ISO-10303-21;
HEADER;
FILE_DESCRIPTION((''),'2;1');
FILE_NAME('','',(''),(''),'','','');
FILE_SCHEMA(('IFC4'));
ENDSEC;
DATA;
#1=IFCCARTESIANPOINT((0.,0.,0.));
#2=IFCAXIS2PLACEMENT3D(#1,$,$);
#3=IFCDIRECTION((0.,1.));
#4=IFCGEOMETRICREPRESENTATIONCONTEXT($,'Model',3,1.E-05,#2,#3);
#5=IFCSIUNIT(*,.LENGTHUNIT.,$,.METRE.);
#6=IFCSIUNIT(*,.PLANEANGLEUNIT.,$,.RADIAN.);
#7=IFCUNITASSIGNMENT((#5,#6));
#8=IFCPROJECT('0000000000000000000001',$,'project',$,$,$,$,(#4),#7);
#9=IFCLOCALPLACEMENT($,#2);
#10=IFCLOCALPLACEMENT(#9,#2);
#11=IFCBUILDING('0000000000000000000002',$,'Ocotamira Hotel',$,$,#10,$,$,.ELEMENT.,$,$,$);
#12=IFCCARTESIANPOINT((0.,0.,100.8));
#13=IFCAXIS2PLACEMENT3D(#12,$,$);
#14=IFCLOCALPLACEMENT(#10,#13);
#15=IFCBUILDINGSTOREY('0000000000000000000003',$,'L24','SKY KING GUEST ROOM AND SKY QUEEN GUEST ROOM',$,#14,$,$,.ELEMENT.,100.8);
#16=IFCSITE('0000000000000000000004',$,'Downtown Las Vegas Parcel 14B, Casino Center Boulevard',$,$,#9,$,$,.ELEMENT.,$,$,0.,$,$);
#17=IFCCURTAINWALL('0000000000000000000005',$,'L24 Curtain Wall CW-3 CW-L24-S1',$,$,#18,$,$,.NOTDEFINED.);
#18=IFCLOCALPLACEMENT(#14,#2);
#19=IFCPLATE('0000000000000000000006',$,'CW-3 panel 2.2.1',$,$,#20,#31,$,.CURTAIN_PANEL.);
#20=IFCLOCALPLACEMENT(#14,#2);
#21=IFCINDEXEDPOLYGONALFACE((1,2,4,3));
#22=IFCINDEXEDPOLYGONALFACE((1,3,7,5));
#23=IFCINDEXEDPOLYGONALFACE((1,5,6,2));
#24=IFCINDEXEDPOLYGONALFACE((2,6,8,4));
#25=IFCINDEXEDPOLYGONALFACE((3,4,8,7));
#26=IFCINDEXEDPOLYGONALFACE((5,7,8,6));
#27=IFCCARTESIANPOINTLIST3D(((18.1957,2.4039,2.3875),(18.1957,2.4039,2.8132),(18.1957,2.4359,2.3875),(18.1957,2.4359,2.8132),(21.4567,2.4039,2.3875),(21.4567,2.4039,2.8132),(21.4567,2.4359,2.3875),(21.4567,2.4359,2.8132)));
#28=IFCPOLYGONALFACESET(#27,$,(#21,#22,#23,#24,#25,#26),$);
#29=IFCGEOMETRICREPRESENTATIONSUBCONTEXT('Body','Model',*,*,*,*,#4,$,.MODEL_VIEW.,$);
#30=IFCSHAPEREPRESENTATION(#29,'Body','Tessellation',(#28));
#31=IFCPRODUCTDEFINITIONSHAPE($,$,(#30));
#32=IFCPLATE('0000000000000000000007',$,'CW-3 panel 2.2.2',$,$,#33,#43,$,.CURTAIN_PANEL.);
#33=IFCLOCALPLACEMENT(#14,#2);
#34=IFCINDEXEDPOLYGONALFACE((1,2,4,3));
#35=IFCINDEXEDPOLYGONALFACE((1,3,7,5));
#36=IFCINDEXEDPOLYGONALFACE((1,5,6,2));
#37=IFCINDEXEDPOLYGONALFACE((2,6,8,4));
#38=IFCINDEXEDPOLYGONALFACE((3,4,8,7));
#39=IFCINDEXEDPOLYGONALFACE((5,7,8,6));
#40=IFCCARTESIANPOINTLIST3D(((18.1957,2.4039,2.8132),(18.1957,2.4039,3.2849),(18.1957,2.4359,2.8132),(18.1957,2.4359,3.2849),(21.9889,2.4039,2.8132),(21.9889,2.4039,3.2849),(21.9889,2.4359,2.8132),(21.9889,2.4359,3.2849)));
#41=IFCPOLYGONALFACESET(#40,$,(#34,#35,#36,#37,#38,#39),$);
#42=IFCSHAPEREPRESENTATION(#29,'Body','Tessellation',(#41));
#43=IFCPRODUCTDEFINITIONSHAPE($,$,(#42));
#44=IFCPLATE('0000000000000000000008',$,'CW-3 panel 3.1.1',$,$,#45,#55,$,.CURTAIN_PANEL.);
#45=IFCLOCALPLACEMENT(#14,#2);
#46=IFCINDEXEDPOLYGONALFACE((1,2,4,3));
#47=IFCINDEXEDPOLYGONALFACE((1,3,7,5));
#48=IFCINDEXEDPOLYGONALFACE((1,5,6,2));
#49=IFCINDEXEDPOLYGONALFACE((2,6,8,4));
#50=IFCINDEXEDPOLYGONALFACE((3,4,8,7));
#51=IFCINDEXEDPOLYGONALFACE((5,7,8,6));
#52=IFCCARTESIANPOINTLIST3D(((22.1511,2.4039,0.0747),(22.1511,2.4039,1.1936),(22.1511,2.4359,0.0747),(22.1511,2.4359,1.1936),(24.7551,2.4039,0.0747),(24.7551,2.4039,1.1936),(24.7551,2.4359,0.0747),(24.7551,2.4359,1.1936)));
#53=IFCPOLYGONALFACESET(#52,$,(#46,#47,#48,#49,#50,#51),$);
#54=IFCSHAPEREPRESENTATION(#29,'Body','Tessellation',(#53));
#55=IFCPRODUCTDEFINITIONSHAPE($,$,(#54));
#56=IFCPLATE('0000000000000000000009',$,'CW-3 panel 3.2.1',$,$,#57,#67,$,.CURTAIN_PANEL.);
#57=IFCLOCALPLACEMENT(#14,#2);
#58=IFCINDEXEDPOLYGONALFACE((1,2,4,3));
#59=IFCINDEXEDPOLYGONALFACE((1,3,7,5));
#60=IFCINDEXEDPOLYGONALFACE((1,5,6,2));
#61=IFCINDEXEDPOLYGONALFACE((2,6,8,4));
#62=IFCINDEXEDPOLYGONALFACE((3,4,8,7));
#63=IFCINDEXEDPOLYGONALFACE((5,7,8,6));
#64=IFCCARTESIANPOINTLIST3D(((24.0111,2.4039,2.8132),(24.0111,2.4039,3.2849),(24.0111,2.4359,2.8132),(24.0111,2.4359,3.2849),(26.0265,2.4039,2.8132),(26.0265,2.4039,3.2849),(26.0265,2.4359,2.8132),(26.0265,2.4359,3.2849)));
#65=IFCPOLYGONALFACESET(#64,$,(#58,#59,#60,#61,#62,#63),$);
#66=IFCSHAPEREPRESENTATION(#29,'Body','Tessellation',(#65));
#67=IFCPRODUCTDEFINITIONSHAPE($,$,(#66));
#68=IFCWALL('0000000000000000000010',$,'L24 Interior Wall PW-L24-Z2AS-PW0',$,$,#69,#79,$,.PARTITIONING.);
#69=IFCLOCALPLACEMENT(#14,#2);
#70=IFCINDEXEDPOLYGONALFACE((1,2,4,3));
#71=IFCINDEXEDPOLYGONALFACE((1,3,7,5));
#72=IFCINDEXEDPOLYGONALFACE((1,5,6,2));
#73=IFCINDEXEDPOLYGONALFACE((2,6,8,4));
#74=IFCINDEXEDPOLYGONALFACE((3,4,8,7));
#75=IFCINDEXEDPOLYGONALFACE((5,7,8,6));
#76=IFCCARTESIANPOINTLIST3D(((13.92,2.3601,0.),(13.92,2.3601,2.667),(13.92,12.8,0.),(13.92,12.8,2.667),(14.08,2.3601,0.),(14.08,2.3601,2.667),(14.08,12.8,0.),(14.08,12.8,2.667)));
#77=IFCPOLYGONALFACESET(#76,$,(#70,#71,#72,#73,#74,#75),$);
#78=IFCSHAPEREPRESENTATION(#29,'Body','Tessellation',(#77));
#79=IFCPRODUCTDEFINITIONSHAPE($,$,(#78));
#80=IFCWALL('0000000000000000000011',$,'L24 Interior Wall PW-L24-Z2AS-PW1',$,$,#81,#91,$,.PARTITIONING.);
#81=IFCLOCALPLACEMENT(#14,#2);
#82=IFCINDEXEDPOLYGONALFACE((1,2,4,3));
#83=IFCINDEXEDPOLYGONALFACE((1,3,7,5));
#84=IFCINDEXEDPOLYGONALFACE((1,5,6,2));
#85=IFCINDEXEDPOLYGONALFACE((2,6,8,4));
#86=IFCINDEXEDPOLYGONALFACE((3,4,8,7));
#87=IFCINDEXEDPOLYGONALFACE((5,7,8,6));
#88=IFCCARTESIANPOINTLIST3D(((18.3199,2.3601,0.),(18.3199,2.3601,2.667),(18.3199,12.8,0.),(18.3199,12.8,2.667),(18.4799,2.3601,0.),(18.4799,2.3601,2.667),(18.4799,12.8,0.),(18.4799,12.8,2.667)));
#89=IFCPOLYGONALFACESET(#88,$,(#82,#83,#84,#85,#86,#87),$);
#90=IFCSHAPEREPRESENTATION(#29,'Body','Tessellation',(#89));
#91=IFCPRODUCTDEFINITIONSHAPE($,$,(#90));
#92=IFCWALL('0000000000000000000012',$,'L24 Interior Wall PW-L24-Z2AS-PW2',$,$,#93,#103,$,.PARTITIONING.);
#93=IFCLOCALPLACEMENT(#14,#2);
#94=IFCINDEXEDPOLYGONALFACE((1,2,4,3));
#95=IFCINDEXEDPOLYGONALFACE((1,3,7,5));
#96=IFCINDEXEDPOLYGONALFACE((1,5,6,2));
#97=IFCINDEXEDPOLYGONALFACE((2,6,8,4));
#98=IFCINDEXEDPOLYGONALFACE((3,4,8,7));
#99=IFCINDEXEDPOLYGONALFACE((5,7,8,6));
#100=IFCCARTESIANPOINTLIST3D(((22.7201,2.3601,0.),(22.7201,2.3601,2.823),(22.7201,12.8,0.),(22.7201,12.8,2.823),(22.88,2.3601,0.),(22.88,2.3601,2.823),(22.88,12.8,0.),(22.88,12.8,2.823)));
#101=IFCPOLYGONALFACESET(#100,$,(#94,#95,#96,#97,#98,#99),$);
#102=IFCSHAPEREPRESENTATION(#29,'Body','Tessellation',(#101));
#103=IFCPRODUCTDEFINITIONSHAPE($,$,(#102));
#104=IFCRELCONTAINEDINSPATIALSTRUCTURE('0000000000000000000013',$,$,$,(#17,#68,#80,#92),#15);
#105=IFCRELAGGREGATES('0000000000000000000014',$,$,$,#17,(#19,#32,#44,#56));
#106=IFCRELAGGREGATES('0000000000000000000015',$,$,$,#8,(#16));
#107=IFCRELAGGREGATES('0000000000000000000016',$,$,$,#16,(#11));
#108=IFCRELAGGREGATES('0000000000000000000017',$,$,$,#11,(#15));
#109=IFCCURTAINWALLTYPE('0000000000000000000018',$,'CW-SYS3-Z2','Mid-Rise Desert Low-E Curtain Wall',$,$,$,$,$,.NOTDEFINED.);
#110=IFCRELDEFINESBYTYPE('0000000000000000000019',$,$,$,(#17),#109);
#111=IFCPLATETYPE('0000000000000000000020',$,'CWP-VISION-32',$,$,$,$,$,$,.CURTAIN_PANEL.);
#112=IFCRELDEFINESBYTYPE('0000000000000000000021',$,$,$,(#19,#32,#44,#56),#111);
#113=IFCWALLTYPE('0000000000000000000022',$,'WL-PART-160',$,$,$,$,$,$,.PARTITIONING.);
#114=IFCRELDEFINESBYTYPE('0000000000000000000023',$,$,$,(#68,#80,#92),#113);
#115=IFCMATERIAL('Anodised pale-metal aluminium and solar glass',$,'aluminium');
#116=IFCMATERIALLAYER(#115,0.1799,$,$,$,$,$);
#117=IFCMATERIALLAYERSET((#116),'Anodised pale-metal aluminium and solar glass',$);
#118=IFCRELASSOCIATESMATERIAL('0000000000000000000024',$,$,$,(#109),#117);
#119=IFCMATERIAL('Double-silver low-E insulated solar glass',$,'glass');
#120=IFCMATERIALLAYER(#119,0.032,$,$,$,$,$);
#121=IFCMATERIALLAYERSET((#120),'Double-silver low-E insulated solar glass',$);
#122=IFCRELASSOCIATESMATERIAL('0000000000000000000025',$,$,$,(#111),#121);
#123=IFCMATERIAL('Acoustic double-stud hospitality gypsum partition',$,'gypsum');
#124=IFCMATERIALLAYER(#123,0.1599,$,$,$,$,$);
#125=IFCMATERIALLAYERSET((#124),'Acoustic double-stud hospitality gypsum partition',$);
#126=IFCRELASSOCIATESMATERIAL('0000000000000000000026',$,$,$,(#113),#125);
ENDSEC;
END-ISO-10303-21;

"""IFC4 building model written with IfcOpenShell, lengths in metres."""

from ifc_helpers import new_model, si_unit, direction, frame, frame_2d, origin, origin_2d, place, context, subcontext, project, spatial, rectangle, extrude, source, transform, mapped, material, layer, layer_set, type_object, element, aggregate, save


model = new_model("IFC4")

# Units and contexts
model_context = context("Model", 3, precision=1e-05, world=origin(), true_north=direction((0.0, 1.0)))
body_context = subcontext(model_context, "Body", "Model", "MODEL_VIEW")
ifc_project = project(units=[si_unit("LENGTHUNIT", "METRE"), si_unit("PLANEANGLEUNIT", "RADIAN")], contexts=[model_context])

# Site, building, storey
site_placement = place(None, origin())
site = spatial("IfcSite", under=ifc_project, at=site_placement, Name="Downtown Las Vegas Parcel 14B, Casino Center Boulevard", CompositionType="ELEMENT", RefElevation=0.0)
building_placement = place(site_placement, origin())
building = spatial("IfcBuilding", under=site, at=building_placement, Name="Ocotamira Hotel", CompositionType="ELEMENT")
storey_placement = place(building_placement, frame((0.0, 0.0, 100.8)))
storey = spatial("IfcBuildingStorey", under=building, at=storey_placement, Name="L24", Description="SKY KING GUEST ROOM AND SKY QUEEN GUEST ROOM", CompositionType="ELEMENT", Elevation=100.8)

# Curtain wall
ifc_material_1 = material(Name="Anodised pale-metal aluminium and solar glass", Category="aluminium")
ifc_layer_1 = layer(ifc_material_1, 0.1799)
ifc_layer_set_1 = layer_set([ifc_layer_1], Name="Anodised pale-metal aluminium and solar glass")
curtain_wall_type = type_object("IfcCurtainWallType", Name="CW-SYS3-Z2", Description="Mid-Rise Desert Low-E Curtain Wall", PredefinedType="NOTDEFINED", material=ifc_layer_set_1)
curtain_wall_placement = place(storey_placement, origin())
curtain_wall = element("IfcCurtainWall", 1, at=curtain_wall_placement, inside=storey, type_object=curtain_wall_type, Name="L24 Curtain Wall CW-3 CW-L24-S1", PredefinedType="NOTDEFINED")

# Plates
ifc_material_2 = material(Name="Double-silver low-E insulated solar glass", Category="glass")
ifc_layer_2 = layer(ifc_material_2, 0.032)
ifc_layer_set_2 = layer_set([ifc_layer_2], Name="Double-silver low-E insulated solar glass")
plate_type_1 = type_object("IfcPlateType", Name="CWP-VISION-32", PredefinedType="CURTAIN_PANEL", material=ifc_layer_set_2)
shared_shape_1 = source(origin(), body_context, "Body", "SweptSolid", [
    extrude(rectangle(XDim=3.261, YDim=0.032, at=origin_2d()), origin(), (0.0, 0.0, 1.0), 0.4258),
])
plate_1_placement = place(storey_placement, frame((19.8262, 2.4199, 2.3875), z_axis=(0.0, 0.0, 1.0), x_axis=(1.0, 0.0, 0.0)))
plate_1 = element("IfcPlate", 2, at=plate_1_placement, type_object=plate_type_1, Name="CW-3 panel 2.2.1", PredefinedType="CURTAIN_PANEL", context=body_context, shape_type="MappedRepresentation", body=[
    mapped(shared_shape_1, transform((0.0, 0.0, 0.0), scale=1.0)),
])
shared_shape_2 = source(origin(), body_context, "Body", "SweptSolid", [
    extrude(rectangle(XDim=3.7932, YDim=0.032, at=origin_2d()), origin(), (0.0, 0.0, 1.0), 0.4717),
])
plate_2_placement = place(storey_placement, frame((20.0923, 2.4199, 2.8132), z_axis=(0.0, 0.0, 1.0), x_axis=(1.0, 0.0, 0.0)))
plate_2 = element("IfcPlate", 3, at=plate_2_placement, type_object=plate_type_1, Name="CW-3 panel 2.2.2", PredefinedType="CURTAIN_PANEL", context=body_context, shape_type="MappedRepresentation", body=[
    mapped(shared_shape_2, transform((0.0, 0.0, 0.0), scale=1.0)),
])
shared_shape_3 = source(origin(), body_context, "Body", "SweptSolid", [
    extrude(rectangle(XDim=2.604, YDim=0.032, at=origin_2d()), origin(), (0.0, 0.0, 1.0), 1.1189),
])
plate_3_placement = place(storey_placement, frame((23.4531, 2.4199, 0.0747), z_axis=(0.0, 0.0, 1.0), x_axis=(1.0, 0.0, 0.0)))
plate_3 = element("IfcPlate", 4, at=plate_3_placement, type_object=plate_type_1, Name="CW-3 panel 3.1.1", PredefinedType="CURTAIN_PANEL", context=body_context, shape_type="MappedRepresentation", body=[
    mapped(shared_shape_3, transform((0.0, 0.0, 0.0), scale=1.0)),
])
shared_shape_4 = source(origin(), body_context, "Body", "SweptSolid", [
    extrude(rectangle(XDim=2.0154, YDim=0.032, at=origin_2d()), origin(), (0.0, 0.0, 1.0), 0.4717),
])
plate_4_placement = place(storey_placement, frame((25.0188, 2.4199, 2.8132), z_axis=(0.0, 0.0, 1.0), x_axis=(1.0, 0.0, 0.0)))
plate_4 = element("IfcPlate", 5, at=plate_4_placement, type_object=plate_type_1, Name="CW-3 panel 3.2.1", PredefinedType="CURTAIN_PANEL", context=body_context, shape_type="MappedRepresentation", body=[
    mapped(shared_shape_4, transform((0.0, 0.0, 0.0), scale=1.0)),
])
aggregate(curtain_wall, [plate_1, plate_2, plate_3, plate_4])

# Walls
ifc_material_3 = material(Name="Acoustic double-stud hospitality gypsum partition", Category="gypsum")
ifc_layer_3 = layer(ifc_material_3, 0.1599)
ifc_layer_set_3 = layer_set([ifc_layer_3], Name="Acoustic double-stud hospitality gypsum partition")
wall_type = type_object("IfcWallType", Name="WL-PART-160", PredefinedType="PARTITIONING", material=ifc_layer_set_3)
for number, where, z_axis, x_axis, name in (
    (6, (14.0, 2.3601, 0.0), (0.0, 0.0, 1.0), (0.0, 1.0, 0.0), "L24 Interior Wall PW-L24-Z2AS-PW0"),
    (7, (18.3999, 2.3601, 0.0), (0.0, 0.0, 1.0), (0.0, 1.0, 0.0), "L24 Interior Wall PW-L24-Z2AS-PW1"),
):
    element("IfcWall", number, at=place(storey_placement, frame(where, z_axis=z_axis, x_axis=x_axis)), inside=storey, type_object=wall_type, Name=name, PredefinedType="PARTITIONING", context=body_context, shape_type="SweptSolid", body=[
        extrude(rectangle(XDim=10.4399, YDim=0.1599, at=frame_2d((5.22, 0.0))), origin(), (0.0, 0.0, 1.0), 2.667),
    ])
wall_placement = place(storey_placement, frame((22.8, 2.3601, 0.0), z_axis=(0.0, 0.0, 1.0), x_axis=(0.0, 1.0, 0.0)))
element("IfcWall", 8, at=wall_placement, inside=storey, type_object=wall_type, Name="L24 Interior Wall PW-L24-Z2AS-PW2", PredefinedType="PARTITIONING", context=body_context, shape_type="SweptSolid", body=[
    extrude(rectangle(XDim=10.4399, YDim=0.1599, at=frame_2d((5.22, 0.0))), origin(), (0.0, 0.0, 1.0), 2.823),
])

save(model, "model.ifc")
